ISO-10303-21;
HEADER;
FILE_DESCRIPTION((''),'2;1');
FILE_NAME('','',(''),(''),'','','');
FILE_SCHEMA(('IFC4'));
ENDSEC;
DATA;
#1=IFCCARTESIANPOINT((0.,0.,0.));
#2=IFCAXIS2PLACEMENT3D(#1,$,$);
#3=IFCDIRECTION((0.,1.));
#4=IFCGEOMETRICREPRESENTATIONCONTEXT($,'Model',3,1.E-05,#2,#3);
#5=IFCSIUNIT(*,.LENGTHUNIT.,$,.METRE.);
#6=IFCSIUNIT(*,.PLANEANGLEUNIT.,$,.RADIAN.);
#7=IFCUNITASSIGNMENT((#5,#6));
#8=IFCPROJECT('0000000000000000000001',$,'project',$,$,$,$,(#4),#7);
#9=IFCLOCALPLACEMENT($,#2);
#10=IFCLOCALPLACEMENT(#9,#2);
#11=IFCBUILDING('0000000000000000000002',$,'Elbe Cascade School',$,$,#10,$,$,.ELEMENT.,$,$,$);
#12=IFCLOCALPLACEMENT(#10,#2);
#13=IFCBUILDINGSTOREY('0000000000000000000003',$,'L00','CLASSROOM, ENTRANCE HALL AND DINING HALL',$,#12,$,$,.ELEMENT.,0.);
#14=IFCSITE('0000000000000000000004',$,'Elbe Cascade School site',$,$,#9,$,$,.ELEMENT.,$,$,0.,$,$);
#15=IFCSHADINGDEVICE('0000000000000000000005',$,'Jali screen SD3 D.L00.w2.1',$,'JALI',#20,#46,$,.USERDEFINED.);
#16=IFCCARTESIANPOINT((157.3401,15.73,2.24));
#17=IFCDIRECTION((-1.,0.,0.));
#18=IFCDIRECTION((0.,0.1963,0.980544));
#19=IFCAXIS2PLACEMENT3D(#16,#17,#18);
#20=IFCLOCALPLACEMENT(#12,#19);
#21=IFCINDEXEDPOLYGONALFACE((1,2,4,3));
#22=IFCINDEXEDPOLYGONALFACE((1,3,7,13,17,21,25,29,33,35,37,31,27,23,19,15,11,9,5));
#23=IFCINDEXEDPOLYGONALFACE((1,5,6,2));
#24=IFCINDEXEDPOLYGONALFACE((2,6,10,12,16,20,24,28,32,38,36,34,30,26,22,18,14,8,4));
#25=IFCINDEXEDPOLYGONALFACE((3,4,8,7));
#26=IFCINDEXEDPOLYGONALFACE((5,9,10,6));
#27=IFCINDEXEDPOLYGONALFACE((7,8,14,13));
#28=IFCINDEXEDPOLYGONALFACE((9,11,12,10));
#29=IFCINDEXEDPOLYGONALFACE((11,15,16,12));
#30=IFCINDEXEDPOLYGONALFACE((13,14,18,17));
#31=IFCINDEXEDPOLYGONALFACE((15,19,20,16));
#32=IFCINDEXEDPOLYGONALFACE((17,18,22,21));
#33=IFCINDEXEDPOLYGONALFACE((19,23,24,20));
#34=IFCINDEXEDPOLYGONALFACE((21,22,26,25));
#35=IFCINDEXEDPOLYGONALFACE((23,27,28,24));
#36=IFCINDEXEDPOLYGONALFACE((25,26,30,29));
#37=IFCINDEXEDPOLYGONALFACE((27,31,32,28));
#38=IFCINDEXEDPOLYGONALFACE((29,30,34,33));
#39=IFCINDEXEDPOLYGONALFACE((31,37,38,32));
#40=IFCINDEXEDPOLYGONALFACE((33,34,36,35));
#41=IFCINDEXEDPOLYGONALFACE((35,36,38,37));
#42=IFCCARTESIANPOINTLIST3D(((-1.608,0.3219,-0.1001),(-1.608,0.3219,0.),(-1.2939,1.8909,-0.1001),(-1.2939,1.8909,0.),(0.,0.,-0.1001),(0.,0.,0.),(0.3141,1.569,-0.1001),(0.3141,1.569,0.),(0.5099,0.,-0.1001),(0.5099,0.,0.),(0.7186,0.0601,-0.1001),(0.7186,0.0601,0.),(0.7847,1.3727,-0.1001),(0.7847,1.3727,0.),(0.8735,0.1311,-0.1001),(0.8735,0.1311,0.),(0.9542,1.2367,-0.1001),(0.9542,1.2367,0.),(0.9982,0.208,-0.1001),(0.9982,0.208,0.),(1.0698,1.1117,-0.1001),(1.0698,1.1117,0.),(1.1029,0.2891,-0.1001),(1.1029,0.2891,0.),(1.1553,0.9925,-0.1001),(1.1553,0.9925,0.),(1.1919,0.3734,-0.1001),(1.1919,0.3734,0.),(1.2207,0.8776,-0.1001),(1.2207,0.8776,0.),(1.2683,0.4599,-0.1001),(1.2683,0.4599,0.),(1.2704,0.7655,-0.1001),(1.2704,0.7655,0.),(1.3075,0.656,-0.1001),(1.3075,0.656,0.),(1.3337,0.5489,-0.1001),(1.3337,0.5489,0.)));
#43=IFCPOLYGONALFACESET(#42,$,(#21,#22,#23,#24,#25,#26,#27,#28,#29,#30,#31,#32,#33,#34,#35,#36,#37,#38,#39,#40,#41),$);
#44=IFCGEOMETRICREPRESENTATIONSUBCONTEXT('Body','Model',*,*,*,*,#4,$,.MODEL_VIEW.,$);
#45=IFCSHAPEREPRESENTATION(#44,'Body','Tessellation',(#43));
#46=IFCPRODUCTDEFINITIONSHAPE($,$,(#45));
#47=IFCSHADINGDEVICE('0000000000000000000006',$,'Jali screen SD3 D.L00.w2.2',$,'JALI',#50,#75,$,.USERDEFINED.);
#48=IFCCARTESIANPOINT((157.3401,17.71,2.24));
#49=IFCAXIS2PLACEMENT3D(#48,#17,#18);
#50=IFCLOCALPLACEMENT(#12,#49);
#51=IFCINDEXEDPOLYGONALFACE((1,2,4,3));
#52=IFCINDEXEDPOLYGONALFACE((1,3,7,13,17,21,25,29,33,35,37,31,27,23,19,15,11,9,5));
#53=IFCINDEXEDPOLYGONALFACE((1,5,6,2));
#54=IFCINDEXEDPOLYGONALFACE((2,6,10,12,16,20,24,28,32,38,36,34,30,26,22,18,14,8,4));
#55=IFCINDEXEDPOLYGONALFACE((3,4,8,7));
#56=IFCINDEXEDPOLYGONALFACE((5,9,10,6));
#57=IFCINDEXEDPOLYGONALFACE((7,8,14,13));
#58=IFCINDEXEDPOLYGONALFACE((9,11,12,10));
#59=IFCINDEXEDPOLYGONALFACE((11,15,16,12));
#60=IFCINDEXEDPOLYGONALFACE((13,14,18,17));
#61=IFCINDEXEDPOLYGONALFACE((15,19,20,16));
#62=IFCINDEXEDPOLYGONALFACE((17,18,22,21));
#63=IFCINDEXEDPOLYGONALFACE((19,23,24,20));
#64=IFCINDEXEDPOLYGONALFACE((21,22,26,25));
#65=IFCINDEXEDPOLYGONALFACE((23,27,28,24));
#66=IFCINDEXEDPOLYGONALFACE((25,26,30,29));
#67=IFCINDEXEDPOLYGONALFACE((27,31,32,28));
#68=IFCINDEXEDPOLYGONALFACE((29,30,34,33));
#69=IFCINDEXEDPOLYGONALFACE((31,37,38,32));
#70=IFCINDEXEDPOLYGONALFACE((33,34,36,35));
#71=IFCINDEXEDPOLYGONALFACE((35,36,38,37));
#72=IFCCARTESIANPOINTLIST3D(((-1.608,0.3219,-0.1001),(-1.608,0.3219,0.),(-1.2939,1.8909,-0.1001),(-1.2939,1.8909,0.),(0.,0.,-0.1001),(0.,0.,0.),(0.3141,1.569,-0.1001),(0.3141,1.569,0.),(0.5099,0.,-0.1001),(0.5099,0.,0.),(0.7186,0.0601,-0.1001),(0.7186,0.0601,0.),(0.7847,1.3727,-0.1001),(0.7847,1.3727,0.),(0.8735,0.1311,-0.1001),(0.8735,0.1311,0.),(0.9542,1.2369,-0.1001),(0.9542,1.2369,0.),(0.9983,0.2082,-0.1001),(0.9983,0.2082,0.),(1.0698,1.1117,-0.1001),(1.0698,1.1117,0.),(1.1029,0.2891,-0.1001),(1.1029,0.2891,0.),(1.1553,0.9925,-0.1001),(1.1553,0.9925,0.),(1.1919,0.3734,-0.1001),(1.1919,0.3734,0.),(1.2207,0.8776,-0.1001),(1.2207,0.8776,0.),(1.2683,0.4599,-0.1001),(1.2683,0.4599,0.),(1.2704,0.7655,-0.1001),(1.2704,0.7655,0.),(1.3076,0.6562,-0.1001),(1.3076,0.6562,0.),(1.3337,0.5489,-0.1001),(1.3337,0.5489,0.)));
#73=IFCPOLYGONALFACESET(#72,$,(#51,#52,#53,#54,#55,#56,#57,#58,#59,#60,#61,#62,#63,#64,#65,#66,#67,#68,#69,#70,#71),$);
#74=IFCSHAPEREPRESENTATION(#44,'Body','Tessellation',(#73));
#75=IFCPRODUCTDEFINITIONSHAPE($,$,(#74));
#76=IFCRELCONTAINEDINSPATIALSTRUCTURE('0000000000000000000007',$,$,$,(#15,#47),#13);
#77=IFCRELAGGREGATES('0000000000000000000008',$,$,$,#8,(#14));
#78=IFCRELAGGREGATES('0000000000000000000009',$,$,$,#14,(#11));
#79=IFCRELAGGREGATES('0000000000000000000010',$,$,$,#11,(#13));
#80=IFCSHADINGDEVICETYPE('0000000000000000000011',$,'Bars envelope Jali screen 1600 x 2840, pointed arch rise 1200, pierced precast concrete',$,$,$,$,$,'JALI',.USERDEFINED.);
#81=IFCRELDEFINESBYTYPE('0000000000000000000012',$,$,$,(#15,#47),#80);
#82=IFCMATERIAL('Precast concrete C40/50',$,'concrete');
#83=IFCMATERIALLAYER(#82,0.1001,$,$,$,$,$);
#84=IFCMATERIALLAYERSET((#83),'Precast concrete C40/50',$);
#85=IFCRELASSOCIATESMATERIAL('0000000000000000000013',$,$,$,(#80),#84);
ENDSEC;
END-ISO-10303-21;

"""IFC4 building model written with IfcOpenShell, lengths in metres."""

from ifc_helpers import new_model, si_unit, direction, frame, origin, place, context, subcontext, project, spatial, polyline, outline, extrude, material, layer, layer_set, type_object, element, save


model = new_model("IFC4")

# Units and contexts
model_context = context("Model", 3, precision=1e-05, world=origin(), true_north=direction((0.0, 1.0)))
body_context = subcontext(model_context, "Body", "Model", "MODEL_VIEW")
ifc_project = project(units=[si_unit("LENGTHUNIT", "METRE"), si_unit("PLANEANGLEUNIT", "RADIAN")], contexts=[model_context])

# Site, building, storey
site_placement = place(None, origin())
site = spatial("IfcSite", under=ifc_project, at=site_placement, Name="Elbe Cascade School site", CompositionType="ELEMENT", RefElevation=0.0)
building_placement = place(site_placement, origin())
building = spatial("IfcBuilding", under=site, at=building_placement, Name="Elbe Cascade School", CompositionType="ELEMENT")
storey_placement = place(building_placement, origin())
storey = spatial("IfcBuildingStorey", under=building, at=storey_placement, Name="L00", Description="CLASSROOM, ENTRANCE HALL AND DINING HALL", CompositionType="ELEMENT", Elevation=0.0)

# Shading devices
ifc_material_1 = material(Name="Precast concrete C40/50", Category="concrete")
ifc_layer_1 = layer(ifc_material_1, 0.1001)
ifc_layer_set_1 = layer_set([ifc_layer_1], Name="Precast concrete C40/50")
shading_device_type_1 = type_object("IfcShadingDeviceType", Name="Bars envelope Jali screen 1600 x 2840, pointed arch rise 1200, pierced precast concrete", ElementType="JALI", PredefinedType="USERDEFINED", material=ifc_layer_set_1)
shading_device_1_placement = place(storey_placement, frame((157.3401, 15.73, 2.24), z_axis=(-1.0, 0.0, 0.0), x_axis=(0.0, 0.1963, 0.980544)))
element("IfcShadingDevice", 1, at=shading_device_1_placement, inside=storey, type_object=shading_device_type_1, Name="Jali screen SD3 D.L00.w2.1", ObjectType="JALI", PredefinedType="USERDEFINED", context=body_context, shape_type="SweptSolid", body=[
    extrude(outline(polyline([(0.0, 0.0), (0.5099, 0.0), (0.7186, 0.0601), (0.8735, 0.1311), (0.9982, 0.208), (1.1029, 0.2891), (1.1919, 0.3734), (1.2683, 0.4599), (1.3337, 0.5489), (1.3075, 0.656), (1.2704, 0.7655), (1.2207, 0.8776), (1.1553, 0.9925), (1.0698, 1.1117), (0.9542, 1.2367), (0.7847, 1.3727), (0.3141, 1.569), (-1.2939, 1.8909), (-1.608, 0.3219), (0.0, 0.0)])), origin(), (0.0, 0.0, -1.0), 0.1001),
])
shading_device_2_placement = place(storey_placement, frame((157.3401, 17.71, 2.24), z_axis=(-1.0, 0.0, 0.0), x_axis=(0.0, 0.1963, 0.980544)))
element("IfcShadingDevice", 2, at=shading_device_2_placement, inside=storey, type_object=shading_device_type_1, Name="Jali screen SD3 D.L00.w2.2", ObjectType="JALI", PredefinedType="USERDEFINED", context=body_context, shape_type="SweptSolid", body=[
    extrude(outline(polyline([(0.0, 0.0), (0.5099, 0.0), (0.7186, 0.0601), (0.8735, 0.1311), (0.9983, 0.2082), (1.1029, 0.2891), (1.1919, 0.3734), (1.2683, 0.4599), (1.3337, 0.5489), (1.3076, 0.6562), (1.2704, 0.7655), (1.2207, 0.8776), (1.1553, 0.9925), (1.0698, 1.1117), (0.9542, 1.2369), (0.7847, 1.3727), (0.3141, 1.569), (-1.2939, 1.8909), (-1.608, 0.3219), (0.0, 0.0)])), origin(), (0.0, 0.0, -1.0), 0.1001),
])

save(model, "model.ifc")
